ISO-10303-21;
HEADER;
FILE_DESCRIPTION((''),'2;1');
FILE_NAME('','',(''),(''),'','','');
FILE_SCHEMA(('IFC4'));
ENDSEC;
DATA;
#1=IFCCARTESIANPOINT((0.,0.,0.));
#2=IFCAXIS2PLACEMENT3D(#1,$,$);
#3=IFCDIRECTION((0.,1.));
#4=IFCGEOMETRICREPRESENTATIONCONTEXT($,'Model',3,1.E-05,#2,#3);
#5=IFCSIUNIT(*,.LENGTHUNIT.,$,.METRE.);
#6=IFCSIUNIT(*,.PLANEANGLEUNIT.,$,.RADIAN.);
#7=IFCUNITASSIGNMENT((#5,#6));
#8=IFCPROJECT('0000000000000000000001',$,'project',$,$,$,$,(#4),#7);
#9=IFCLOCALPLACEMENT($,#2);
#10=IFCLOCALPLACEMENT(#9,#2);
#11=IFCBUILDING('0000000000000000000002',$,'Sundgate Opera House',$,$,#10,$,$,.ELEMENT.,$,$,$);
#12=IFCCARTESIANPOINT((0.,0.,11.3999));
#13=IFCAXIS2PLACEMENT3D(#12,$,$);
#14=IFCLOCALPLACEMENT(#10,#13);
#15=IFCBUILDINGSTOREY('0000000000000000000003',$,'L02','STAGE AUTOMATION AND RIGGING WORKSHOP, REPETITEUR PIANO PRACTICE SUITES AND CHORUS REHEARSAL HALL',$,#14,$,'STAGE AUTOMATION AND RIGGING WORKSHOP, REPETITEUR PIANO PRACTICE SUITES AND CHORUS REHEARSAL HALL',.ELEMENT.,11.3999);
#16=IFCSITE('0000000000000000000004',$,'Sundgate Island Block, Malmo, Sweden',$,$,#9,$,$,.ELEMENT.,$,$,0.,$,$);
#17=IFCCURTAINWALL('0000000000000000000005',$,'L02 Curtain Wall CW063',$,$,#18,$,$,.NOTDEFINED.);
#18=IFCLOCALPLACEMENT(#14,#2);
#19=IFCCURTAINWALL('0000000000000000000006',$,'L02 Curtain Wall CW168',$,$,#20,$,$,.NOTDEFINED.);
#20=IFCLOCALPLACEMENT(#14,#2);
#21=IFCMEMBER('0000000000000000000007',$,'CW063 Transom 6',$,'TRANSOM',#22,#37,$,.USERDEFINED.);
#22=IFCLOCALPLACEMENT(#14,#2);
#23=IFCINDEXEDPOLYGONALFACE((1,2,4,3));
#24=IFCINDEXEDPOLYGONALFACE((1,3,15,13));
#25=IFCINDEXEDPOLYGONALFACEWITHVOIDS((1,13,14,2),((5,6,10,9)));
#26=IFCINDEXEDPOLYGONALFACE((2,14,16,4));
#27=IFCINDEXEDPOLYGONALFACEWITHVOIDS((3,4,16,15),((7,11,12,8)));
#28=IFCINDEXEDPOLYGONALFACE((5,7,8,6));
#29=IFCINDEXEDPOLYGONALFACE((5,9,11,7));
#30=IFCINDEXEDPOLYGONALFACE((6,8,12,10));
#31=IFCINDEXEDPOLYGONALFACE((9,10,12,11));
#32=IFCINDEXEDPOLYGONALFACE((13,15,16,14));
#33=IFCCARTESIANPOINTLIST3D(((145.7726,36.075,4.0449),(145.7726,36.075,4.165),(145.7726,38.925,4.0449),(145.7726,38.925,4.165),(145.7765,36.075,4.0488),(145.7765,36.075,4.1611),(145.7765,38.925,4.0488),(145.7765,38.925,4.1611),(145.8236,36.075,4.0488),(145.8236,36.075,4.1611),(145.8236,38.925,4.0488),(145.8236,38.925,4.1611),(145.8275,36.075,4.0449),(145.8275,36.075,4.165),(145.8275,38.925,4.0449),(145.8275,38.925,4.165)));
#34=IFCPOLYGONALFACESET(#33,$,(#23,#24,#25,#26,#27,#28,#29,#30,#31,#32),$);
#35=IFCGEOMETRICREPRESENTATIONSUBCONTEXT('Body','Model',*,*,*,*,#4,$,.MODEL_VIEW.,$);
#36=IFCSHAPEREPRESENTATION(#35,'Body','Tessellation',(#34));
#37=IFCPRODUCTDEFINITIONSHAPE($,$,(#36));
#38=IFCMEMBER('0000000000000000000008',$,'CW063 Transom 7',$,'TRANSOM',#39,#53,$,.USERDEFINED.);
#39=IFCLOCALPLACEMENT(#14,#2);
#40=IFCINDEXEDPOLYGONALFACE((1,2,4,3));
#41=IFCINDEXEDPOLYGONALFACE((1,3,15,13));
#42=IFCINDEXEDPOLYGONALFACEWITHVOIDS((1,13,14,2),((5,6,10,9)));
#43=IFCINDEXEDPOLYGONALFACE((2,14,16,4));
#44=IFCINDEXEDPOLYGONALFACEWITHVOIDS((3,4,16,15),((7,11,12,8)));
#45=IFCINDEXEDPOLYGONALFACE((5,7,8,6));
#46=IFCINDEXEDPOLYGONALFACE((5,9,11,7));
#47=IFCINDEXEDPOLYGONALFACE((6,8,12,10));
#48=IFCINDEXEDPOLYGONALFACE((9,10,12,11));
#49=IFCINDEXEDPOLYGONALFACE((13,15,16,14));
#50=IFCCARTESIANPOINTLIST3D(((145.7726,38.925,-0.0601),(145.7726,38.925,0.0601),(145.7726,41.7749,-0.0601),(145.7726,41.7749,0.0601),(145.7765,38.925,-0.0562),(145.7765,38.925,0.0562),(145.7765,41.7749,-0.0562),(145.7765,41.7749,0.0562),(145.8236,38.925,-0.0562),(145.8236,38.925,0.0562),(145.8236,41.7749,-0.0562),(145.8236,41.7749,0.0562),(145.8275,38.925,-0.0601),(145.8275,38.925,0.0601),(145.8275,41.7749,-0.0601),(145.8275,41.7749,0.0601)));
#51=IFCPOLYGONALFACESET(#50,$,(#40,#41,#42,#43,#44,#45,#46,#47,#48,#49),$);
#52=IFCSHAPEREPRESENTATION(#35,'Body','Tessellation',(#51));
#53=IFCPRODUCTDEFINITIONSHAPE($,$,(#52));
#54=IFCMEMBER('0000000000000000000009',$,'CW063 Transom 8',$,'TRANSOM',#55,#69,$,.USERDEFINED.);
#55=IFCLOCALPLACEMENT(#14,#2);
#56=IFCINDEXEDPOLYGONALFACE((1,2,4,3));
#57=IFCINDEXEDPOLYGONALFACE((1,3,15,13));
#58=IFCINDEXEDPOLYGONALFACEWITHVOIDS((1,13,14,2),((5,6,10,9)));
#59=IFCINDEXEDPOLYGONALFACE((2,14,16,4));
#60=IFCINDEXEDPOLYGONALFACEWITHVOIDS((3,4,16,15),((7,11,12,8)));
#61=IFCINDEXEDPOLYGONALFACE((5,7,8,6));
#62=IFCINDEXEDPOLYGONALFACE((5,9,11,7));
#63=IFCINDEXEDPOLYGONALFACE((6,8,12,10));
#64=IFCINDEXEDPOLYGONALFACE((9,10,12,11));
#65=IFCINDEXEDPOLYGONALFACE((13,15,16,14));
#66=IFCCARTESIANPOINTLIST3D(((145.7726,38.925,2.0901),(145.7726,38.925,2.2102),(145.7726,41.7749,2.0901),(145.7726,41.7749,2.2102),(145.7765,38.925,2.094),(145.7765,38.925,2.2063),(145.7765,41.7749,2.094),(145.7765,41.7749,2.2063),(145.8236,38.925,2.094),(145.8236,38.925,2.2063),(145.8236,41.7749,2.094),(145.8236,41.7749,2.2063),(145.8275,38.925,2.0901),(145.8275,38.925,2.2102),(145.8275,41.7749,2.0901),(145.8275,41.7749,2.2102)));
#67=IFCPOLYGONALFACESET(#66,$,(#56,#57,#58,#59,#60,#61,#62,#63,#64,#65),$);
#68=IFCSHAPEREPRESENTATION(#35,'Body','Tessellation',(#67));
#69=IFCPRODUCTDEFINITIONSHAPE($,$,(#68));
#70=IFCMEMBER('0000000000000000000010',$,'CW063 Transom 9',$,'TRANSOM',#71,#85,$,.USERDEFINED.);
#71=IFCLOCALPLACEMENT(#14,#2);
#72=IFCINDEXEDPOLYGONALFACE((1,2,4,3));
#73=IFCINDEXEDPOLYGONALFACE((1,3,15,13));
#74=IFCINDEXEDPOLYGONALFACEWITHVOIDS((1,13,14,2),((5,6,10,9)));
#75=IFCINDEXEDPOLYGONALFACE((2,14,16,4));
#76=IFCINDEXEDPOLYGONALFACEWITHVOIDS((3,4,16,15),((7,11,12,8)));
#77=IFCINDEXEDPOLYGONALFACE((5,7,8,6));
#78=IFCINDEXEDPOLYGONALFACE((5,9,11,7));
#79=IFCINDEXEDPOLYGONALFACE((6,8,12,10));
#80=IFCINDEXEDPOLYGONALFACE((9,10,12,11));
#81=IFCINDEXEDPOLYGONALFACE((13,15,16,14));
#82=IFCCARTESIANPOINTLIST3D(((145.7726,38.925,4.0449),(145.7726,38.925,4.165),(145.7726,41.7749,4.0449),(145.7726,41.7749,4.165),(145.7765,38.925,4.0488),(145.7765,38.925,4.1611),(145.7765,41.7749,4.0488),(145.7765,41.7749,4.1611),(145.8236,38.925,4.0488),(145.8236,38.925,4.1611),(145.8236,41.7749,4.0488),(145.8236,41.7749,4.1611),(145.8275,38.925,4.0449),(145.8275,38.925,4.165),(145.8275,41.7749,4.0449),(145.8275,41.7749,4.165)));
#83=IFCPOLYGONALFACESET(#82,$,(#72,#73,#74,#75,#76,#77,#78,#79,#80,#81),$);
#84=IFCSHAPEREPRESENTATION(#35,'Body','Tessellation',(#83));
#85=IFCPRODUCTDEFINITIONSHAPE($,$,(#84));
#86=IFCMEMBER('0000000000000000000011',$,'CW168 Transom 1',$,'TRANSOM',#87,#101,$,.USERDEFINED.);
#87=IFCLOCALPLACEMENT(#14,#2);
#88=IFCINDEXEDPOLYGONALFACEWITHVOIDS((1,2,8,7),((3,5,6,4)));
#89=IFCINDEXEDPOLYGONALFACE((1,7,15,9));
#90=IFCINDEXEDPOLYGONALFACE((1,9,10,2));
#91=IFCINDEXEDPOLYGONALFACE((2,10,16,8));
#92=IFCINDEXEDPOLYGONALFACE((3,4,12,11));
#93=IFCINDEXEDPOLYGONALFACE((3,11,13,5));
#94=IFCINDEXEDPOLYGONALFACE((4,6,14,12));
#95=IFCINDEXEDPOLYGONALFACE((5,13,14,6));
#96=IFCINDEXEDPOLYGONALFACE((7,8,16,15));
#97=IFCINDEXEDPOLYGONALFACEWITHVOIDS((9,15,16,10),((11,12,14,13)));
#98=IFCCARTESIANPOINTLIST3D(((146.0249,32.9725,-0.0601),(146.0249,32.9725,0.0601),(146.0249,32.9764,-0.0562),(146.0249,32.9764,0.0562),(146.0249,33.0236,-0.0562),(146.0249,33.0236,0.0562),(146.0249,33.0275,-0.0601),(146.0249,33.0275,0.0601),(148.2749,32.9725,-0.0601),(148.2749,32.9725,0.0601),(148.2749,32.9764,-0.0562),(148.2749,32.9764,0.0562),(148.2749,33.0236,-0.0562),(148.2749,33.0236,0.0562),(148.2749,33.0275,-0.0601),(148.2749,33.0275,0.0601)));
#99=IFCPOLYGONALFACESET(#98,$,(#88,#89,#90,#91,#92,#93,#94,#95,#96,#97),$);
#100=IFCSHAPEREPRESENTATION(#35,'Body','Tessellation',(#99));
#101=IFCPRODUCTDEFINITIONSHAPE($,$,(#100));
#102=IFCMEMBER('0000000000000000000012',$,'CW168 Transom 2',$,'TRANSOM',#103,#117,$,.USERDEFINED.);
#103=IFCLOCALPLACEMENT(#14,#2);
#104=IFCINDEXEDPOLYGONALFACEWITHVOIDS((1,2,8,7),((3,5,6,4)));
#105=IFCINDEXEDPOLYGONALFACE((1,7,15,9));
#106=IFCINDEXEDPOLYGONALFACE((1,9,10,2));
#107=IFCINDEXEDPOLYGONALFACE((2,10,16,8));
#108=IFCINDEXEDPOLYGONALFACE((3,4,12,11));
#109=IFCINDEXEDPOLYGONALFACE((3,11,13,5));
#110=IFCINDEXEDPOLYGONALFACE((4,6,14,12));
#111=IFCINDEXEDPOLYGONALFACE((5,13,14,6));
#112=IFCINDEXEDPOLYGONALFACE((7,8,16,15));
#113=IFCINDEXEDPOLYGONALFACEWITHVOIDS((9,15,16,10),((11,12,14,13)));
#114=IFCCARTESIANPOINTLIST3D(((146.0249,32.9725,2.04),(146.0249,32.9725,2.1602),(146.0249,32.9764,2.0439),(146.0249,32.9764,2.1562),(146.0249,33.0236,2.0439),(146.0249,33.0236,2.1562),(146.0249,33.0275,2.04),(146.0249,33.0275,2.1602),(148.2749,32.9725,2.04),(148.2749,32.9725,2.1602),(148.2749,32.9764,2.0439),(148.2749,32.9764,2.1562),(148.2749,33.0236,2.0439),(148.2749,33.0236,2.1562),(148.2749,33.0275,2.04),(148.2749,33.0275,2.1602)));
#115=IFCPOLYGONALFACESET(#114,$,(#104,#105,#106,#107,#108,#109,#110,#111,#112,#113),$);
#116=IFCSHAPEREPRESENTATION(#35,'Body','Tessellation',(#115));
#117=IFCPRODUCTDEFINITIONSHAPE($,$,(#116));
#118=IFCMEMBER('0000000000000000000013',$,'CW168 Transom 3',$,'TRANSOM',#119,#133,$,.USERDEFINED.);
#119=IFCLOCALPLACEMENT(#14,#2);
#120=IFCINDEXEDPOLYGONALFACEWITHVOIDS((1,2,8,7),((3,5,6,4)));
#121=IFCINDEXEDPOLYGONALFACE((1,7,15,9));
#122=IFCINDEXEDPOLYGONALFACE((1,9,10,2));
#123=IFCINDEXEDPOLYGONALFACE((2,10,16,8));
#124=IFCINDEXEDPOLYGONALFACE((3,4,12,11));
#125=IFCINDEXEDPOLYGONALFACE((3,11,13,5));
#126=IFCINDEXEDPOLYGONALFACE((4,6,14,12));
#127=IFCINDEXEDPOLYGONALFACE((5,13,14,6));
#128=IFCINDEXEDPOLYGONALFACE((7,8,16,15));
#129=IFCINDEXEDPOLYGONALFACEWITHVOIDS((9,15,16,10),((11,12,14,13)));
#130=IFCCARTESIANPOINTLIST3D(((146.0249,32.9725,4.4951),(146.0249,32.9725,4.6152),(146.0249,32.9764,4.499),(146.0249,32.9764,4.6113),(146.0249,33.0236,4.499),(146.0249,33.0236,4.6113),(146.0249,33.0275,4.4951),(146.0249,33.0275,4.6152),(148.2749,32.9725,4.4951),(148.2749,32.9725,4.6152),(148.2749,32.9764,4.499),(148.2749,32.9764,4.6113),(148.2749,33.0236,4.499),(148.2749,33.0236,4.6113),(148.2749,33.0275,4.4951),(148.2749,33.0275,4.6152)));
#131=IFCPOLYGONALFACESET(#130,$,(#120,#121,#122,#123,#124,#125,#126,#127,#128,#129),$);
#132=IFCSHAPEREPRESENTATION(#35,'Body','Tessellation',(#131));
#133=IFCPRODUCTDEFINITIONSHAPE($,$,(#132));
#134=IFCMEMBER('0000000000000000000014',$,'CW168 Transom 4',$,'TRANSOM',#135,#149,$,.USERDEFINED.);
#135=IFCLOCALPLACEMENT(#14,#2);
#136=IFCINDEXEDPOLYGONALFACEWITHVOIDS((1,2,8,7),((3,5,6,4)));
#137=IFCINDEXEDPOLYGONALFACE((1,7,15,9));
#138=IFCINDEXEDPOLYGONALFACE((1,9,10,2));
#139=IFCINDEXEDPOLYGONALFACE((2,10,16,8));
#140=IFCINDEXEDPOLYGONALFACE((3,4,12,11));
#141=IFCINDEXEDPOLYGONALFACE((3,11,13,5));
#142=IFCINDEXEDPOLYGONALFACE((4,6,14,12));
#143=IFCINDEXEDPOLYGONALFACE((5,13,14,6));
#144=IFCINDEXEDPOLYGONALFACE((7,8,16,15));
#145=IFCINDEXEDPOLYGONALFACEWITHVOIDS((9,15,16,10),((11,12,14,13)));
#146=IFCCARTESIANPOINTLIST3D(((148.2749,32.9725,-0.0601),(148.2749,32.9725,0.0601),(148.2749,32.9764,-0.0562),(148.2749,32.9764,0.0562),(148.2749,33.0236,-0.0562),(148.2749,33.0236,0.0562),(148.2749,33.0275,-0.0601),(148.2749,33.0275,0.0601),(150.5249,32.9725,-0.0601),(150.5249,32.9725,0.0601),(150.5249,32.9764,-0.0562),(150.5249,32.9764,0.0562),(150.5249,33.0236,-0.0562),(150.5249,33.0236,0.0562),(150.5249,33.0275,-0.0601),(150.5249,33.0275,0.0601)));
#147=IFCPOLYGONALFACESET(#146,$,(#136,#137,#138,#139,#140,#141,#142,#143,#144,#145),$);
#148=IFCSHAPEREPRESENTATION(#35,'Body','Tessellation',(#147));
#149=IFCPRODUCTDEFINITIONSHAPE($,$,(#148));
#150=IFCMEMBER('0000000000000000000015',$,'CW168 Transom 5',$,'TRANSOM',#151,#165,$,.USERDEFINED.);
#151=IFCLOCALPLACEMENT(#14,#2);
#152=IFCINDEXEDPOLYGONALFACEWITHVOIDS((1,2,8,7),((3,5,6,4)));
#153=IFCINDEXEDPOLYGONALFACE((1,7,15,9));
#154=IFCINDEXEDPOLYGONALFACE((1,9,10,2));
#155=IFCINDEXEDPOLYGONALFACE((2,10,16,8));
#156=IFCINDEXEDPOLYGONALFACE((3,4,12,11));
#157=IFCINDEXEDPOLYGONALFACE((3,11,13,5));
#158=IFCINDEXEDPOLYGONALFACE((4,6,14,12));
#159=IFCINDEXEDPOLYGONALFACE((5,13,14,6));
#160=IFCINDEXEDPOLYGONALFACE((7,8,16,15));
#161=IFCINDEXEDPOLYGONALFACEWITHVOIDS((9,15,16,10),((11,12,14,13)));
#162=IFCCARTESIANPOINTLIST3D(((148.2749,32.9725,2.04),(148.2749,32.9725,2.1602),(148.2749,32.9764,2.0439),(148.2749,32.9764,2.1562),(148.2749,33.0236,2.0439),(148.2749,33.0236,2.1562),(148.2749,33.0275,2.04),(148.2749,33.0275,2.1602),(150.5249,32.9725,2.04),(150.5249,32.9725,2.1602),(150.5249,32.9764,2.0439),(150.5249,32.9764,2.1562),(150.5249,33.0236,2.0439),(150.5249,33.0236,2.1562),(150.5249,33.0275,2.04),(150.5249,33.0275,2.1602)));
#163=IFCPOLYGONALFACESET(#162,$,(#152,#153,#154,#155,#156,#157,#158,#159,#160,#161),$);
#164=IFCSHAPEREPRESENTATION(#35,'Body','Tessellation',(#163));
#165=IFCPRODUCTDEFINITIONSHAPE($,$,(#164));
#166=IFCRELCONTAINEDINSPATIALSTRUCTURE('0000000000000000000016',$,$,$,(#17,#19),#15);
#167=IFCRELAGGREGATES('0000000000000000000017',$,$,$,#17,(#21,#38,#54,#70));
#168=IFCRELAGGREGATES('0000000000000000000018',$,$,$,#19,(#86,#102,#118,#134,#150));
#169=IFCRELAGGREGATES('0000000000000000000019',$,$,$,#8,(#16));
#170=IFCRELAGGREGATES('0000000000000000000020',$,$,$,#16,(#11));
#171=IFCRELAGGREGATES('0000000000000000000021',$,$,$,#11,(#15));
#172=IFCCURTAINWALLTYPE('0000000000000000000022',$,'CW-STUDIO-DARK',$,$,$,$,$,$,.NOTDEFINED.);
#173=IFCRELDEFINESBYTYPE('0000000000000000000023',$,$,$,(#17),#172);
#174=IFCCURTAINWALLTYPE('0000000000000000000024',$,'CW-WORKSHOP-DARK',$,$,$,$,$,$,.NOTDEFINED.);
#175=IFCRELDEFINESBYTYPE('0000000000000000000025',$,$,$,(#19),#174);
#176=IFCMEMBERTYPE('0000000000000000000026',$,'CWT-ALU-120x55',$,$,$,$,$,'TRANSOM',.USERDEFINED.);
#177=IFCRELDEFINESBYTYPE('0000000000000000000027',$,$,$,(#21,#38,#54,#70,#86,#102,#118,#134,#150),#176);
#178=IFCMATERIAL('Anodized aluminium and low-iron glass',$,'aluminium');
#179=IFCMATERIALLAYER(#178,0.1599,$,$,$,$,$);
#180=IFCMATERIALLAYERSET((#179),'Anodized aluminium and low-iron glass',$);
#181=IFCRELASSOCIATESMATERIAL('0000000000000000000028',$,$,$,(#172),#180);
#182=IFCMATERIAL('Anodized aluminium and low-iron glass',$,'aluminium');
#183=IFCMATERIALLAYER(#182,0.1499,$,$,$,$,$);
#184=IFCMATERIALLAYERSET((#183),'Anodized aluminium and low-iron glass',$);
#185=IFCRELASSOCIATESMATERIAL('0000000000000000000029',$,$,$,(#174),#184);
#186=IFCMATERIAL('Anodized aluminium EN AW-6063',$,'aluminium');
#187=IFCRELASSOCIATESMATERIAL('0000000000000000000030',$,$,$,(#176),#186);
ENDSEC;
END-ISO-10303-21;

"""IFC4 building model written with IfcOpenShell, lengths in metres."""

from ifc_helpers import new_model, si_unit, direction, frame, origin, origin_2d, place, context, subcontext, project, spatial, hollow_rectangle, extrude, material, layer, layer_set, material_profile, profile_set, type_object, element, aggregate, save


model = new_model("IFC4")

# Units and contexts
model_context = context("Model", 3, precision=1e-05, world=origin(), true_north=direction((0.0, 1.0)))
body_context = subcontext(model_context, "Body", "Model", "MODEL_VIEW")
ifc_project = project(units=[si_unit("LENGTHUNIT", "METRE"), si_unit("PLANEANGLEUNIT", "RADIAN")], contexts=[model_context])

# Site, building, storey
site_placement = place(None, origin())
site = spatial("IfcSite", under=ifc_project, at=site_placement, Name="Sundgate Island Block, Malmo, Sweden", CompositionType="ELEMENT", RefElevation=0.0)
building_placement = place(site_placement, origin())
building = spatial("IfcBuilding", under=site, at=building_placement, Name="Sundgate Opera House", CompositionType="ELEMENT")
storey_placement = place(building_placement, frame((0.0, 0.0, 11.3999)))
storey = spatial("IfcBuildingStorey", under=building, at=storey_placement, Name="L02", Description="STAGE AUTOMATION AND RIGGING WORKSHOP, REPETITEUR PIANO PRACTICE SUITES AND CHORUS REHEARSAL HALL", LongName="STAGE AUTOMATION AND RIGGING WORKSHOP, REPETITEUR PIANO PRACTICE SUITES AND CHORUS REHEARSAL HALL", CompositionType="ELEMENT", Elevation=11.3999)

# Curtain walls
ifc_material_1 = material(Name="Anodized aluminium and low-iron glass", Category="aluminium")
ifc_layer_1 = layer(ifc_material_1, 0.1599)
ifc_layer_set_1 = layer_set([ifc_layer_1], Name="Anodized aluminium and low-iron glass")
curtain_wall_type_1 = type_object("IfcCurtainWallType", Name="CW-STUDIO-DARK", PredefinedType="NOTDEFINED", material=ifc_layer_set_1)
curtain_wall_1_placement = place(storey_placement, origin())
curtain_wall_1 = element("IfcCurtainWall", 1, at=curtain_wall_1_placement, inside=storey, type_object=curtain_wall_type_1, Name="L02 Curtain Wall CW063", PredefinedType="NOTDEFINED")
ifc_material_2 = material(Name="Anodized aluminium and low-iron glass", Category="aluminium")
ifc_layer_2 = layer(ifc_material_2, 0.1499)
ifc_layer_set_2 = layer_set([ifc_layer_2], Name="Anodized aluminium and low-iron glass")
curtain_wall_type_2 = type_object("IfcCurtainWallType", Name="CW-WORKSHOP-DARK", PredefinedType="NOTDEFINED", material=ifc_layer_set_2)
curtain_wall_2_placement = place(storey_placement, origin())
curtain_wall_2 = element("IfcCurtainWall", 2, at=curtain_wall_2_placement, inside=storey, type_object=curtain_wall_type_2, Name="L02 Curtain Wall CW168", PredefinedType="NOTDEFINED")

# Members
ifc_material_3 = material(Name="Anodized aluminium EN AW-6063", Category="aluminium")
ifc_material_profile_1 = material_profile(ifc_material_3, hollow_rectangle(XDim=0.0549, YDim=0.1201, WallThickness=0.0039, at=origin_2d()), Name="CWT 120x55x4")
ifc_profile_set_1 = profile_set([ifc_material_profile_1], Name="Anodized aluminium EN AW-6063")
member_type_1 = type_object("IfcMemberType", Name="CWT-ALU-120x55", ElementType="TRANSOM", PredefinedType="USERDEFINED", material=ifc_profile_set_1)
member_1_placement = place(storey_placement, frame((145.8, 36.075, 4.105), z_axis=(0.0, 1.0, 0.0), x_axis=(-1.0, 0.0, 0.0)))
member_1 = element("IfcMember", 3, at=member_1_placement, type_object=member_type_1, Name="CW063 Transom 6", ObjectType="TRANSOM", PredefinedType="USERDEFINED", context=body_context, shape_type="SweptSolid", body=[
    extrude(hollow_rectangle(XDim=0.0549, YDim=0.1201, WallThickness=0.0039, at=origin_2d()), origin(), (0.0, 0.0, 1.0), 2.8501),
])
member_2_placement = place(storey_placement, frame((145.8, 38.925, 0.0), z_axis=(0.0, 1.0, 0.0), x_axis=(-1.0, 0.0, 0.0)))
member_2 = element("IfcMember", 4, at=member_2_placement, type_object=member_type_1, Name="CW063 Transom 7", ObjectType="TRANSOM", PredefinedType="USERDEFINED", context=body_context, shape_type="SweptSolid", body=[
    extrude(hollow_rectangle(XDim=0.0549, YDim=0.1201, WallThickness=0.0039, at=origin_2d()), origin(), (0.0, 0.0, 1.0), 2.8499),
])
member_3_placement = place(storey_placement, frame((145.8, 38.925, 2.1501), z_axis=(0.0, 1.0, 0.0), x_axis=(-1.0, 0.0, 0.0)))
member_3 = element("IfcMember", 5, at=member_3_placement, type_object=member_type_1, Name="CW063 Transom 8", ObjectType="TRANSOM", PredefinedType="USERDEFINED", context=body_context, shape_type="SweptSolid", body=[
    extrude(hollow_rectangle(XDim=0.0549, YDim=0.1201, WallThickness=0.0039, at=origin_2d()), origin(), (0.0, 0.0, 1.0), 2.8499),
])
member_4_placement = place(storey_placement, frame((145.8, 38.925, 4.105), z_axis=(0.0, 1.0, 0.0), x_axis=(-1.0, 0.0, 0.0)))
member_4 = element("IfcMember", 6, at=member_4_placement, type_object=member_type_1, Name="CW063 Transom 9", ObjectType="TRANSOM", PredefinedType="USERDEFINED", context=body_context, shape_type="SweptSolid", body=[
    extrude(hollow_rectangle(XDim=0.0549, YDim=0.1201, WallThickness=0.0039, at=origin_2d()), origin(), (0.0, 0.0, 1.0), 2.8499),
])
member_5_placement = place(storey_placement, frame((146.0249, 33.0, 0.0), z_axis=(1.0, 0.0, 0.0), x_axis=(0.0, 1.0, 0.0)))
member_5 = element("IfcMember", 7, at=member_5_placement, type_object=member_type_1, Name="CW168 Transom 1", ObjectType="TRANSOM", PredefinedType="USERDEFINED", context=body_context, shape_type="SweptSolid", body=[
    extrude(hollow_rectangle(XDim=0.0549, YDim=0.1201, WallThickness=0.0039, at=origin_2d()), origin(), (0.0, 0.0, 1.0), 2.25),
])
member_6_placement = place(storey_placement, frame((146.0249, 33.0, 2.1001), z_axis=(1.0, 0.0, 0.0), x_axis=(0.0, 1.0, 0.0)))
member_6 = element("IfcMember", 8, at=member_6_placement, type_object=member_type_1, Name="CW168 Transom 2", ObjectType="TRANSOM", PredefinedType="USERDEFINED", context=body_context, shape_type="SweptSolid", body=[
    extrude(hollow_rectangle(XDim=0.0549, YDim=0.1201, WallThickness=0.0039, at=origin_2d()), origin(), (0.0, 0.0, 1.0), 2.25),
])
member_7_placement = place(storey_placement, frame((146.0249, 33.0, 4.5552), z_axis=(1.0, 0.0, 0.0), x_axis=(0.0, 1.0, 0.0)))
member_7 = element("IfcMember", 9, at=member_7_placement, type_object=member_type_1, Name="CW168 Transom 3", ObjectType="TRANSOM", PredefinedType="USERDEFINED", context=body_context, shape_type="SweptSolid", body=[
    extrude(hollow_rectangle(XDim=0.0549, YDim=0.1201, WallThickness=0.0039, at=origin_2d()), origin(), (0.0, 0.0, 1.0), 2.25),
])
member_8_placement = place(storey_placement, frame((148.2749, 33.0, 0.0), z_axis=(1.0, 0.0, 0.0), x_axis=(0.0, 1.0, 0.0)))
member_8 = element("IfcMember", 10, at=member_8_placement, type_object=member_type_1, Name="CW168 Transom 4", ObjectType="TRANSOM", PredefinedType="USERDEFINED", context=body_context, shape_type="SweptSolid", body=[
    extrude(hollow_rectangle(XDim=0.0549, YDim=0.1201, WallThickness=0.0039, at=origin_2d()), origin(), (0.0, 0.0, 1.0), 2.25),
])
member_9_placement = place(storey_placement, frame((148.2749, 33.0, 2.1001), z_axis=(1.0, 0.0, 0.0), x_axis=(0.0, 1.0, 0.0)))
member_9 = element("IfcMember", 11, at=member_9_placement, type_object=member_type_1, Name="CW168 Transom 5", ObjectType="TRANSOM", PredefinedType="USERDEFINED", context=body_context, shape_type="SweptSolid", body=[
    extrude(hollow_rectangle(XDim=0.0549, YDim=0.1201, WallThickness=0.0039, at=origin_2d()), origin(), (0.0, 0.0, 1.0), 2.25),
])

aggregate(curtain_wall_1, [member_1, member_2, member_3, member_4])
aggregate(curtain_wall_2, [member_5, member_6, member_7, member_8, member_9])

save(model, "model.ifc")
